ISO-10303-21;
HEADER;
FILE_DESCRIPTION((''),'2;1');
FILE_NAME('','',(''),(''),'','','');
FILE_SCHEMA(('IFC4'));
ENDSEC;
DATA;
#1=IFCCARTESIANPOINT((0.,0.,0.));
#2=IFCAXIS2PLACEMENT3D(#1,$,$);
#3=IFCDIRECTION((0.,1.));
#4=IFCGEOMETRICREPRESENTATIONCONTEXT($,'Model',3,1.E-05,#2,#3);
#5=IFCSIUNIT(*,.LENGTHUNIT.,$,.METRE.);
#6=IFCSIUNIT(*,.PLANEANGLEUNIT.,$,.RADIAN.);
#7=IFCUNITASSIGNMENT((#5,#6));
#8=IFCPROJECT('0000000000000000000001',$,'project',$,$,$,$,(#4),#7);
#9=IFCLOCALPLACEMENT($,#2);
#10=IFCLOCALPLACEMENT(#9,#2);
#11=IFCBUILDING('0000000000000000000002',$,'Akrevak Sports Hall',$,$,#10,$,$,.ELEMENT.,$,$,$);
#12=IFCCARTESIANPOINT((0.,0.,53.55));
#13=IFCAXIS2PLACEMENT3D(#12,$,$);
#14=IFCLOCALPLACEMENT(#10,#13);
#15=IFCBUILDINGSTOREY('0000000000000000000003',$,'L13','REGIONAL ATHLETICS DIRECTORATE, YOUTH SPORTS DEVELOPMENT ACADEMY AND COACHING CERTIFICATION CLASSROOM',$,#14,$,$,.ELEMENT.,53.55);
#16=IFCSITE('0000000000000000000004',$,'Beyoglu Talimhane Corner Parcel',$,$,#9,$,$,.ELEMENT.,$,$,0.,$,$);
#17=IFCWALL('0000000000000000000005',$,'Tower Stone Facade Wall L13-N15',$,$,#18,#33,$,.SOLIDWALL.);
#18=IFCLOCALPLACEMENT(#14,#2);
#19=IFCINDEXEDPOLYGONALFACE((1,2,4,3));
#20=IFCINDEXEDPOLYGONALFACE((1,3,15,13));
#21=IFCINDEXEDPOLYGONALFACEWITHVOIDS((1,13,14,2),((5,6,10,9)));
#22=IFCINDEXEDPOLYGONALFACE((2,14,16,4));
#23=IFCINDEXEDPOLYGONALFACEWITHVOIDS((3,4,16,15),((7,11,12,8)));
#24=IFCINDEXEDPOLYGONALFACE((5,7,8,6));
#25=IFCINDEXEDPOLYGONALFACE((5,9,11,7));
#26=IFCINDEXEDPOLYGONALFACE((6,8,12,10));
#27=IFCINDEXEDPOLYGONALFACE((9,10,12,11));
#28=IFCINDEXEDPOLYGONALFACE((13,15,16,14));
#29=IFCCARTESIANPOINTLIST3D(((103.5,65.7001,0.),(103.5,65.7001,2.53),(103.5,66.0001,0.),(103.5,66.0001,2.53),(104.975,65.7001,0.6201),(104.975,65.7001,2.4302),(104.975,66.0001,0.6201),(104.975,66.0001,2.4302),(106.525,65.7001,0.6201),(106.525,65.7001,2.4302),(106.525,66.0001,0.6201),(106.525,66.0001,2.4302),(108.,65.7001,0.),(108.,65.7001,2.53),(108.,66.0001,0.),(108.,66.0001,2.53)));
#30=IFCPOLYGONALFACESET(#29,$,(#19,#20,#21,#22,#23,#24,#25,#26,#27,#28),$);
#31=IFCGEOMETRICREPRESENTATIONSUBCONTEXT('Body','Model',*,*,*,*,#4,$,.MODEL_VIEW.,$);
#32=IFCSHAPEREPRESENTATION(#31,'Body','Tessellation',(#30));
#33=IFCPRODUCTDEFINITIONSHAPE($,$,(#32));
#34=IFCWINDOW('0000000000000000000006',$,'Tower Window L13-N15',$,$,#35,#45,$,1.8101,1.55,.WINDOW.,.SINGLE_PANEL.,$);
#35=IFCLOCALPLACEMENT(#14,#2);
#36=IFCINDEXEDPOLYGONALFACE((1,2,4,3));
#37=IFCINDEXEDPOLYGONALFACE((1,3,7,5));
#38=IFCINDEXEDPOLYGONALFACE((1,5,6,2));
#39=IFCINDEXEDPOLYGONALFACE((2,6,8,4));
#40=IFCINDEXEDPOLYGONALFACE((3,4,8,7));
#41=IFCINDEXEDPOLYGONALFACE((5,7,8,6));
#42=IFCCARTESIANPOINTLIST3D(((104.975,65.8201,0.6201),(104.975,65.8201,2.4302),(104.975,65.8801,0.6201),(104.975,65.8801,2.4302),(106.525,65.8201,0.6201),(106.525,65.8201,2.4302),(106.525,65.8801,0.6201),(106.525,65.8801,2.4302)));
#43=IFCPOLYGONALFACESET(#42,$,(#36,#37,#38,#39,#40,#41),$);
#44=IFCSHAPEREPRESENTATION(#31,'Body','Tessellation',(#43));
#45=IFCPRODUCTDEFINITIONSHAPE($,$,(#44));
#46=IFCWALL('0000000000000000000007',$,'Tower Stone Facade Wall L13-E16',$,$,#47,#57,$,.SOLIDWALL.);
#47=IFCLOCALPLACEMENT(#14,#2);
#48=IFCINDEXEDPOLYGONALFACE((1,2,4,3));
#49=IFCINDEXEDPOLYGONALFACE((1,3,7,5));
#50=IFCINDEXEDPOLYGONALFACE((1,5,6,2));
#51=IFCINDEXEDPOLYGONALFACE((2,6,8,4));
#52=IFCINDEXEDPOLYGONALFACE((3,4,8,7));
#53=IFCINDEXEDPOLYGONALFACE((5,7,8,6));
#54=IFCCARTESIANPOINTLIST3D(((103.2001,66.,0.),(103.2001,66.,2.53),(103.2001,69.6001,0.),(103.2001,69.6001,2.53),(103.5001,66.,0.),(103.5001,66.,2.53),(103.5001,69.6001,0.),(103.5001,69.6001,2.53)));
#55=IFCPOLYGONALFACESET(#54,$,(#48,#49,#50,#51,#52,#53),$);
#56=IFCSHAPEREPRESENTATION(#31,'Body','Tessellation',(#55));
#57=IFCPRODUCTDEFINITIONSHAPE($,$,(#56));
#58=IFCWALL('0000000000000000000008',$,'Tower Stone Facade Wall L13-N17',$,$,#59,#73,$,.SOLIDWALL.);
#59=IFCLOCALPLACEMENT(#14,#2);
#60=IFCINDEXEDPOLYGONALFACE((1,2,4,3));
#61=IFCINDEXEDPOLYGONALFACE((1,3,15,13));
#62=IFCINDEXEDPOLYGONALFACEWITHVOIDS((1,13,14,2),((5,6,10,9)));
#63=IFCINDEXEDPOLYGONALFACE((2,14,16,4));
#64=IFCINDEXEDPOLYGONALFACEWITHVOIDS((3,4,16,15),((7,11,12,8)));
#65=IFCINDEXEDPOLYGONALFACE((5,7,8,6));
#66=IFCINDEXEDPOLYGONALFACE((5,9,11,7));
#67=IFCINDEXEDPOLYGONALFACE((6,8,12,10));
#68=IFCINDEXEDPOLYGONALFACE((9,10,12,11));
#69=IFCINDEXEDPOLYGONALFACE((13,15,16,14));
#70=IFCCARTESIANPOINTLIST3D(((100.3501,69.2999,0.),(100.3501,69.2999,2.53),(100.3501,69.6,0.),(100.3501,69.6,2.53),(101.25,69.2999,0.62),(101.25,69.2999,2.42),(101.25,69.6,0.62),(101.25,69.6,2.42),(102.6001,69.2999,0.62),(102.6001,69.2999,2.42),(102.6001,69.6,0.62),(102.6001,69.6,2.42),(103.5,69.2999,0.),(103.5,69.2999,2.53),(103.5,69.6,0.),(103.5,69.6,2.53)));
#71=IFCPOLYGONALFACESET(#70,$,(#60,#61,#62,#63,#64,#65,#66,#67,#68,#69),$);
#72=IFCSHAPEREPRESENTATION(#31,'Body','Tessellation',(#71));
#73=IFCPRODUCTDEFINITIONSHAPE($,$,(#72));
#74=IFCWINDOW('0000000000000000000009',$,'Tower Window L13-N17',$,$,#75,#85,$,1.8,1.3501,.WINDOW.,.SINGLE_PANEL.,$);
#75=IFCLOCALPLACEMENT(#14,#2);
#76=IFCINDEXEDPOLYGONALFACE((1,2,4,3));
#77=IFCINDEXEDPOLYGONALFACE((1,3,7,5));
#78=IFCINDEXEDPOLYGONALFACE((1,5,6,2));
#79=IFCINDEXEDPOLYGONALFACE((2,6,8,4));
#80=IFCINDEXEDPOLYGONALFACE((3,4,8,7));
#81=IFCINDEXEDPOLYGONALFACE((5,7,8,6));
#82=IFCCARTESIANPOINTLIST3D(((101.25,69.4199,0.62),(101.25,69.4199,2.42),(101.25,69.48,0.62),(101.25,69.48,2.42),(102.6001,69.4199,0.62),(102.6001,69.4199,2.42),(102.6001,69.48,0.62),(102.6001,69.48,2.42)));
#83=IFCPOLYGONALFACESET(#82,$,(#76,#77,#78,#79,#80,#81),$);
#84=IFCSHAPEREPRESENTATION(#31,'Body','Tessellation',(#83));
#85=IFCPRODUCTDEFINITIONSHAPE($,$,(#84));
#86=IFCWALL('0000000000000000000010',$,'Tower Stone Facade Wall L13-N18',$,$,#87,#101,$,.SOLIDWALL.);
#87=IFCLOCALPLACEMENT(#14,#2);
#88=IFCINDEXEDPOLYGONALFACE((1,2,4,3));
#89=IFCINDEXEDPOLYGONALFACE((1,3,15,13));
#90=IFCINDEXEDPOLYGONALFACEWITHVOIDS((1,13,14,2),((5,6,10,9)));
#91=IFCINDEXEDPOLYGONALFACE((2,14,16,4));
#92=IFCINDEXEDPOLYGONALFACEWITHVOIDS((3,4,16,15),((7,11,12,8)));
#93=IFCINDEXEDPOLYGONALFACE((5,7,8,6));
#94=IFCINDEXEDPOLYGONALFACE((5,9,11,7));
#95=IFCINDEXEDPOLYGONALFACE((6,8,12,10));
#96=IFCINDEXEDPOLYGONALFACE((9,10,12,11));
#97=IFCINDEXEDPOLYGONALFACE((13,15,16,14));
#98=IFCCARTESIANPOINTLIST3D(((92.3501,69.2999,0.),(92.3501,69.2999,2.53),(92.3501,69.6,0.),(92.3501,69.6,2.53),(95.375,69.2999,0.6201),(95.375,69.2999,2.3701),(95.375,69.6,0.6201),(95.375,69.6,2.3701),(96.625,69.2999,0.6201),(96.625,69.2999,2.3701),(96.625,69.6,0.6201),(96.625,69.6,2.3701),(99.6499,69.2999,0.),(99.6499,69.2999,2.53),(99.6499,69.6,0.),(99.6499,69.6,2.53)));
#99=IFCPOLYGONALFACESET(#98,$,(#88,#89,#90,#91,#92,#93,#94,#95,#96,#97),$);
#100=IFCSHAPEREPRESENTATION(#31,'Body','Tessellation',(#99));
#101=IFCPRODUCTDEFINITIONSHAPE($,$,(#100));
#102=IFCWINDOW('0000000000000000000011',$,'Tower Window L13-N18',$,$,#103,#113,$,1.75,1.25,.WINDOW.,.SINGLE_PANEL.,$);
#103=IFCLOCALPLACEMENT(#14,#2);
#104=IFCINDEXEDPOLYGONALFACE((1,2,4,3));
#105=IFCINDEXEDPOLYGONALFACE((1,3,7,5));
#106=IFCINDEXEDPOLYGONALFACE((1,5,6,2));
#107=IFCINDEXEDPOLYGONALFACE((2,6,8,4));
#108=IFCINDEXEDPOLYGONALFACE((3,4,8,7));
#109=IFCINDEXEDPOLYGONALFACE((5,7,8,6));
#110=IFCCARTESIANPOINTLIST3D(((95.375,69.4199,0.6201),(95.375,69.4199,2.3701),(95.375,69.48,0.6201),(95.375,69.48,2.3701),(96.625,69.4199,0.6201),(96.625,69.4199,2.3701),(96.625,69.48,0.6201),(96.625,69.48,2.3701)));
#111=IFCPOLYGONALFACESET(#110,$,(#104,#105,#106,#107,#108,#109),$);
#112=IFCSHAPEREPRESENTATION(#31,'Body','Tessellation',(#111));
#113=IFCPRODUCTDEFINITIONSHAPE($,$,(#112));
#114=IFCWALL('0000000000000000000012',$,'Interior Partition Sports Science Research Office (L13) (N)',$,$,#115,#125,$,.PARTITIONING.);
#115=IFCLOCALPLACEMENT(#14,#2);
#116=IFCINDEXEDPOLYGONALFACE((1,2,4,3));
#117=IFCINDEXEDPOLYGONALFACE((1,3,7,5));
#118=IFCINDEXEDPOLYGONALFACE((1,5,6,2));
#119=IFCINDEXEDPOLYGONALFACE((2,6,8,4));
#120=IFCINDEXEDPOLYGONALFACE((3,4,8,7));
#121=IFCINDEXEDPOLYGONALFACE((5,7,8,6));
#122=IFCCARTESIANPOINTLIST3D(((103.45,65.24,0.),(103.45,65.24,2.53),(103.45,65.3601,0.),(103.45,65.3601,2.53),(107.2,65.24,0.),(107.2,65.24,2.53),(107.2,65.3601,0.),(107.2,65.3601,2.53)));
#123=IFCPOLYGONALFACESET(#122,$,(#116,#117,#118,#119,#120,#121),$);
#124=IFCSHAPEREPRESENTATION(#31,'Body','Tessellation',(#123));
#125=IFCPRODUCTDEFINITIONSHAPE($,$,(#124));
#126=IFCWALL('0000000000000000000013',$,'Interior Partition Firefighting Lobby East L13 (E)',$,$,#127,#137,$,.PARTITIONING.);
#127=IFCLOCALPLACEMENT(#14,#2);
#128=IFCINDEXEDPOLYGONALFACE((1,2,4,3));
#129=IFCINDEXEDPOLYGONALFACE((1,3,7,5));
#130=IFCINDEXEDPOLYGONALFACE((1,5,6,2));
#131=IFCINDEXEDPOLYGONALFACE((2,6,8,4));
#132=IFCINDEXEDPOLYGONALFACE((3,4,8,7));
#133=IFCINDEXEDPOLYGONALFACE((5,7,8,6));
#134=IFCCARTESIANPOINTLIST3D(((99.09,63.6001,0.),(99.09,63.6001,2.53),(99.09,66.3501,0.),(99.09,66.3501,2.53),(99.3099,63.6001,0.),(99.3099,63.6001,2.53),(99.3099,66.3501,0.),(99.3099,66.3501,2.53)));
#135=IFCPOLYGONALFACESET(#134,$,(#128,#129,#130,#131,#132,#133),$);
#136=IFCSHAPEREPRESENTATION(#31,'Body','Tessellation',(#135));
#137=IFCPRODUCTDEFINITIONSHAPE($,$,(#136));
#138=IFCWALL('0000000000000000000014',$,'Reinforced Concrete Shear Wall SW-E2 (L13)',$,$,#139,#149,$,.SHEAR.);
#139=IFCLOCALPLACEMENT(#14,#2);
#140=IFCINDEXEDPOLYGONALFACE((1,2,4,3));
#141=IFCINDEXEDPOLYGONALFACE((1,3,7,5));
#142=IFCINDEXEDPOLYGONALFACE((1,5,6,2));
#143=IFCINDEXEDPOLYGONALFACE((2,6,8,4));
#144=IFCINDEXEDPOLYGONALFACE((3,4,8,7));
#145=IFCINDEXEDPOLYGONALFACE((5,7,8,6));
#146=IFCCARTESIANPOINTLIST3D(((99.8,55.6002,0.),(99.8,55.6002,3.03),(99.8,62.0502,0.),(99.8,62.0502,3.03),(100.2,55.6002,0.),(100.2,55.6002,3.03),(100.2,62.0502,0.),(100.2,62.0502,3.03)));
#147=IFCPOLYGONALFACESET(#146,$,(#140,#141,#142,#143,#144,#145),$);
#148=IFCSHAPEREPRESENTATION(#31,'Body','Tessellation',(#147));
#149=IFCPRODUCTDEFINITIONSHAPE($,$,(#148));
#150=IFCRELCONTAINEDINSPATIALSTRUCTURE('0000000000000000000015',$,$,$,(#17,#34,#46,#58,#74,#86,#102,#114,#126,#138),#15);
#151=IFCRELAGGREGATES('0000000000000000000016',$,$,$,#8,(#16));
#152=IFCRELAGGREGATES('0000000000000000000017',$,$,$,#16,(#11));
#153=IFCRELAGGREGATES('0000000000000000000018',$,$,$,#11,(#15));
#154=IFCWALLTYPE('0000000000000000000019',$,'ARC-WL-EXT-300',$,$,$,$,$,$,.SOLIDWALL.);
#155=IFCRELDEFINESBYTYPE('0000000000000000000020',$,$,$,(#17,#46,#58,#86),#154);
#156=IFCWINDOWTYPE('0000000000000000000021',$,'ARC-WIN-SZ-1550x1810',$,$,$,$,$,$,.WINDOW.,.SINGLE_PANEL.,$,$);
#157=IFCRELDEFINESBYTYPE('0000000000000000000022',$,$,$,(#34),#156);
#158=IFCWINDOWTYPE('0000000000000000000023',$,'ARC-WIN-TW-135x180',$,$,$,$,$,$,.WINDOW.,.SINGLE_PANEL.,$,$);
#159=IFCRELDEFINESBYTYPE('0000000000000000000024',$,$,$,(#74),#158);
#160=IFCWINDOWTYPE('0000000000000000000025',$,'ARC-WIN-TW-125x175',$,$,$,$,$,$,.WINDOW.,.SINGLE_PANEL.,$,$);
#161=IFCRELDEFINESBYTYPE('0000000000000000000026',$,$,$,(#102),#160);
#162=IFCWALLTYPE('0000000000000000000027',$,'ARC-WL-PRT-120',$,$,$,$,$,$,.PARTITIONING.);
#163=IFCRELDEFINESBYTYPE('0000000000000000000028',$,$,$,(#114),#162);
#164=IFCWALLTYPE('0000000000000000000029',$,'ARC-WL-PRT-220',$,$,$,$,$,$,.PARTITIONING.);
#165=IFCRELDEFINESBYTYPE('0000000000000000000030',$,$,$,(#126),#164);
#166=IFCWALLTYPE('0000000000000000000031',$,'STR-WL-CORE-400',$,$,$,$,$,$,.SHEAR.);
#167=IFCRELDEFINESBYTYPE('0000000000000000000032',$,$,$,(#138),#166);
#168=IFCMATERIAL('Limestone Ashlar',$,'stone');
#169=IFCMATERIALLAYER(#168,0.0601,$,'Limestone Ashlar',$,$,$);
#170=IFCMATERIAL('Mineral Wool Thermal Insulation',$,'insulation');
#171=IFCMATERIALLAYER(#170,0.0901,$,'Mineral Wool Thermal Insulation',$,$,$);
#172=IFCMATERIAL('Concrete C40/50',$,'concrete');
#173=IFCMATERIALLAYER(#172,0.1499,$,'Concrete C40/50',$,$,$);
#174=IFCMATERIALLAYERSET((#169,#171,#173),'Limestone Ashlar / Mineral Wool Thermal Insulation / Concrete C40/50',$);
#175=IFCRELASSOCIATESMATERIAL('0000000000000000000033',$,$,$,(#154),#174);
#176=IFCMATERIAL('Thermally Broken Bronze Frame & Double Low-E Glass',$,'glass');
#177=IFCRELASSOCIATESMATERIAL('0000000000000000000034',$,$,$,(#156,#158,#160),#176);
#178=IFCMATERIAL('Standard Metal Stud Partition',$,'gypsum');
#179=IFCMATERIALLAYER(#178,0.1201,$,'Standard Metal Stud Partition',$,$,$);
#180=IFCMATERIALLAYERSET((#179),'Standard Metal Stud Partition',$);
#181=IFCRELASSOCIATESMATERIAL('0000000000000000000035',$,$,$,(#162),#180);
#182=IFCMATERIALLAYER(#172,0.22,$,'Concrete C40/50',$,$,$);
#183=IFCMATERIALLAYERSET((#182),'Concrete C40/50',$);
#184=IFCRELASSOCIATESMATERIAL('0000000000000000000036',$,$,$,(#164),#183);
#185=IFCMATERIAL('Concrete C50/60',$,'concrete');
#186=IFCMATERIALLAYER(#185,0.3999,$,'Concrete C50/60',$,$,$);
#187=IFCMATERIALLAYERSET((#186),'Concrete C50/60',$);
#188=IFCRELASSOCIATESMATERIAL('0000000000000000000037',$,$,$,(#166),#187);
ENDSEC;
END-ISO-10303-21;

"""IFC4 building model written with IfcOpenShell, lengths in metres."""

from ifc_helpers import new_model, si_unit, direction, frame, frame_2d, origin, place, context, subcontext, project, spatial, rectangle, extrude, material, layer, layer_set, type_object, element, fill, save


model = new_model("IFC4")

# Units and contexts
model_context = context("Model", 3, precision=1e-05, world=origin(), true_north=direction((0.0, 1.0)))
body_context = subcontext(model_context, "Body", "Model", "MODEL_VIEW")
ifc_project = project(units=[si_unit("LENGTHUNIT", "METRE"), si_unit("PLANEANGLEUNIT", "RADIAN")], contexts=[model_context])

# Site, building, storey
site_placement = place(None, origin())
site = spatial("IfcSite", under=ifc_project, at=site_placement, Name="Beyoglu Talimhane Corner Parcel", CompositionType="ELEMENT", RefElevation=0.0)
building_placement = place(site_placement, origin())
building = spatial("IfcBuilding", under=site, at=building_placement, Name="Akrevak Sports Hall", CompositionType="ELEMENT")
storey_placement = place(building_placement, frame((0.0, 0.0, 53.55)))
storey = spatial("IfcBuildingStorey", under=building, at=storey_placement, Name="L13", Description="REGIONAL ATHLETICS DIRECTORATE, YOUTH SPORTS DEVELOPMENT ACADEMY AND COACHING CERTIFICATION CLASSROOM", CompositionType="ELEMENT", Elevation=53.55)

# Shared definitions
ifc_material_1 = material(Name="Concrete C40/50", Category="concrete")

# Wall, opening, window
ifc_material_2 = material(Name="Limestone Ashlar", Category="stone")
ifc_layer_1 = layer(ifc_material_2, 0.0601, Name="Limestone Ashlar")
ifc_material_3 = material(Name="Mineral Wool Thermal Insulation", Category="insulation")
ifc_layer_2 = layer(ifc_material_3, 0.0901, Name="Mineral Wool Thermal Insulation")
ifc_layer_3 = layer(ifc_material_1, 0.1499, Name="Concrete C40/50")
ifc_layer_set_1 = layer_set([ifc_layer_1, ifc_layer_2, ifc_layer_3], Name="Limestone Ashlar / Mineral Wool Thermal Insulation / Concrete C40/50")
wall_type_1 = type_object("IfcWallType", Name="ARC-WL-EXT-300", PredefinedType="SOLIDWALL", material=ifc_layer_set_1)
ifc_material_4 = material(Name="Thermally Broken Bronze Frame & Double Low-E Glass", Category="glass")
wall_1_placement = place(storey_placement, frame((108.0, 65.8501, 0.0), z_axis=(0.0, 0.0, 1.0), x_axis=(-1.0, 0.0, 0.0)))
wall_1 = element("IfcWall", 1, at=wall_1_placement, inside=storey, type_object=wall_type_1, Name="Tower Stone Facade Wall L13-N15", PredefinedType="SOLIDWALL", context=body_context, shape_type="SweptSolid", body=[
    extrude(rectangle(XDim=4.5, YDim=0.3, at=frame_2d((2.25, 0.0))), origin(), (0.0, 0.0, 1.0), 2.53),
])
opening_1_placement = place(wall_1_placement, frame((1.4751, 0.0, 0.6201)))
opening_1 = element("IfcOpeningElement", 2, at=opening_1_placement, cuts=wall_1, PredefinedType="OPENING", context=body_context, shape_type="SweptSolid", body=[
    extrude(rectangle(XDim=1.55, YDim=1.8101, at=frame_2d((0.7749, 0.905))), frame((0.0, 0.1621, 0.0), z_axis=(0.0, -1.0, 0.0), x_axis=(1.0, 0.0, 0.0)), (0.0, 0.0, 1.0), 0.324),
])
window_type_1 = type_object("IfcWindowType", Name="ARC-WIN-SZ-1550x1810", PartitioningType="SINGLE_PANEL", PredefinedType="WINDOW", material=ifc_material_4)
window_1_placement = place(opening_1_placement, origin())
window_1 = element("IfcWindow", 3, at=window_1_placement, inside=storey, type_object=window_type_1, Name="Tower Window L13-N15", OverallHeight=1.8101, OverallWidth=1.55, PartitioningType="SINGLE_PANEL", PredefinedType="WINDOW", context=body_context, shape_type="SweptSolid", body=[
    extrude(rectangle(XDim=1.55, YDim=1.8101, at=frame_2d((0.7749, 0.905))), frame((0.0, 0.03, 0.0), z_axis=(0.0, -1.0, 0.0), x_axis=(1.0, 0.0, 0.0)), (0.0, 0.0, 1.0), 0.0601),
])
fill(opening_1, window_1)

# Wall
wall_2_placement = place(storey_placement, frame((103.3501, 66.0, 0.0), z_axis=(0.0, 0.0, 1.0), x_axis=(0.0, 1.0, 0.0)))
element("IfcWall", 4, at=wall_2_placement, inside=storey, type_object=wall_type_1, Name="Tower Stone Facade Wall L13-E16", PredefinedType="SOLIDWALL", context=body_context, shape_type="SweptSolid", body=[
    extrude(rectangle(XDim=3.6001, YDim=0.3, at=frame_2d((1.8, 0.0))), origin(), (0.0, 0.0, 1.0), 2.53),
])

# Walls, openings, windows
wall_3_placement = place(storey_placement, frame((103.5, 69.45, 0.0), z_axis=(0.0, 0.0, 1.0), x_axis=(-1.0, 0.0, 0.0)))
wall_3 = element("IfcWall", 5, at=wall_3_placement, inside=storey, type_object=wall_type_1, Name="Tower Stone Facade Wall L13-N17", PredefinedType="SOLIDWALL", context=body_context, shape_type="SweptSolid", body=[
    extrude(rectangle(XDim=3.1499, YDim=0.3, at=frame_2d((1.575, 0.0))), origin(), (0.0, 0.0, 1.0), 2.53),
])
opening_2_placement = place(wall_3_placement, frame((0.8999, 0.0, 0.6201)))
opening_2 = element("IfcOpeningElement", 6, at=opening_2_placement, cuts=wall_3, PredefinedType="OPENING", context=body_context, shape_type="SweptSolid", body=[
    extrude(rectangle(XDim=1.3501, YDim=1.8, at=frame_2d((0.675, 0.8999))), frame((0.0, 0.1621, 0.0), z_axis=(0.0, -1.0, 0.0), x_axis=(1.0, 0.0, 0.0)), (0.0, 0.0, 1.0), 0.324),
])
window_type_2 = type_object("IfcWindowType", Name="ARC-WIN-TW-135x180", PartitioningType="SINGLE_PANEL", PredefinedType="WINDOW", material=ifc_material_4)
window_2_placement = place(opening_2_placement, origin())
window_2 = element("IfcWindow", 7, at=window_2_placement, inside=storey, type_object=window_type_2, Name="Tower Window L13-N17", OverallHeight=1.8, OverallWidth=1.3501, PartitioningType="SINGLE_PANEL", PredefinedType="WINDOW", context=body_context, shape_type="SweptSolid", body=[
    extrude(rectangle(XDim=1.3501, YDim=1.8, at=frame_2d((0.675, 0.8999))), frame((0.0, 0.03, 0.0), z_axis=(0.0, -1.0, 0.0), x_axis=(1.0, 0.0, 0.0)), (0.0, 0.0, 1.0), 0.0601),
])
fill(opening_2, window_2)
wall_4_placement = place(storey_placement, frame((99.6499, 69.45, 0.0), z_axis=(0.0, 0.0, 1.0), x_axis=(-1.0, 0.0, 0.0)))
wall_4 = element("IfcWall", 8, at=wall_4_placement, inside=storey, type_object=wall_type_1, Name="Tower Stone Facade Wall L13-N18", PredefinedType="SOLIDWALL", context=body_context, shape_type="SweptSolid", body=[
    extrude(rectangle(XDim=7.2998, YDim=0.3, at=frame_2d((3.6499, 0.0))), origin(), (0.0, 0.0, 1.0), 2.53),
])
opening_3_placement = place(wall_4_placement, frame((3.0249, 0.0, 0.6201)))
opening_3 = element("IfcOpeningElement", 9, at=opening_3_placement, cuts=wall_4, PredefinedType="OPENING", context=body_context, shape_type="SweptSolid", body=[
    extrude(rectangle(XDim=1.25, YDim=1.75, at=frame_2d((0.625, 0.875))), frame((0.0, 0.1621, 0.0), z_axis=(0.0, -1.0, 0.0), x_axis=(1.0, 0.0, 0.0)), (0.0, 0.0, 1.0), 0.324),
])
window_type_3 = type_object("IfcWindowType", Name="ARC-WIN-TW-125x175", PartitioningType="SINGLE_PANEL", PredefinedType="WINDOW", material=ifc_material_4)
window_3_placement = place(opening_3_placement, origin())
window_3 = element("IfcWindow", 10, at=window_3_placement, inside=storey, type_object=window_type_3, Name="Tower Window L13-N18", OverallHeight=1.75, OverallWidth=1.25, PartitioningType="SINGLE_PANEL", PredefinedType="WINDOW", context=body_context, shape_type="SweptSolid", body=[
    extrude(rectangle(XDim=1.25, YDim=1.75, at=frame_2d((0.625, 0.875))), frame((0.0, 0.03, 0.0), z_axis=(0.0, -1.0, 0.0), x_axis=(1.0, 0.0, 0.0)), (0.0, 0.0, 1.0), 0.0601),
])
fill(opening_3, window_3)

# Walls
ifc_material_5 = material(Name="Standard Metal Stud Partition", Category="gypsum")
ifc_layer_4 = layer(ifc_material_5, 0.1201, Name="Standard Metal Stud Partition")
ifc_layer_set_2 = layer_set([ifc_layer_4], Name="Standard Metal Stud Partition")
wall_type_2 = type_object("IfcWallType", Name="ARC-WL-PRT-120", PredefinedType="PARTITIONING", material=ifc_layer_set_2)
wall_5_placement = place(storey_placement, frame((103.45, 65.3, 0.0), z_axis=(0.0, 0.0, 1.0), x_axis=(1.0, 0.0, 0.0)))
element("IfcWall", 11, at=wall_5_placement, inside=storey, type_object=wall_type_2, Name="Interior Partition Sports Science Research Office (L13) (N)", PredefinedType="PARTITIONING", context=body_context, shape_type="SweptSolid", body=[
    extrude(rectangle(XDim=3.75, YDim=0.1201, at=frame_2d((1.875, 0.0))), origin(), (0.0, 0.0, 1.0), 2.53),
])
ifc_layer_5 = layer(ifc_material_1, 0.22, Name="Concrete C40/50")
ifc_layer_set_3 = layer_set([ifc_layer_5], Name="Concrete C40/50")
wall_type_3 = type_object("IfcWallType", Name="ARC-WL-PRT-220", PredefinedType="PARTITIONING", material=ifc_layer_set_3)
wall_6_placement = place(storey_placement, frame((99.2, 63.6001, 0.0), z_axis=(0.0, 0.0, 1.0), x_axis=(0.0, 1.0, 0.0)))
element("IfcWall", 12, at=wall_6_placement, inside=storey, type_object=wall_type_3, Name="Interior Partition Firefighting Lobby East L13 (E)", PredefinedType="PARTITIONING", context=body_context, shape_type="SweptSolid", body=[
    extrude(rectangle(XDim=2.75, YDim=0.22, at=frame_2d((1.375, 0.0))), origin(), (0.0, 0.0, 1.0), 2.53),
])
ifc_material_6 = material(Name="Concrete C50/60", Category="concrete")
ifc_layer_6 = layer(ifc_material_6, 0.3999, Name="Concrete C50/60")
ifc_layer_set_4 = layer_set([ifc_layer_6], Name="Concrete C50/60")
wall_type_4 = type_object("IfcWallType", Name="STR-WL-CORE-400", PredefinedType="SHEAR", material=ifc_layer_set_4)
wall_7_placement = place(storey_placement, frame((100.0, 55.6001, 0.0), z_axis=(0.0, 0.0, 1.0), x_axis=(0.0, 1.0, 0.0)))
element("IfcWall", 13, at=wall_7_placement, inside=storey, type_object=wall_type_4, Name="Reinforced Concrete Shear Wall SW-E2 (L13)", PredefinedType="SHEAR", context=body_context, shape_type="SweptSolid", body=[
    extrude(rectangle(XDim=6.45, YDim=0.3999, at=frame_2d((3.2251, 0.0))), origin(), (0.0, 0.0, 1.0), 3.03),
])

save(model, "model.ifc")
